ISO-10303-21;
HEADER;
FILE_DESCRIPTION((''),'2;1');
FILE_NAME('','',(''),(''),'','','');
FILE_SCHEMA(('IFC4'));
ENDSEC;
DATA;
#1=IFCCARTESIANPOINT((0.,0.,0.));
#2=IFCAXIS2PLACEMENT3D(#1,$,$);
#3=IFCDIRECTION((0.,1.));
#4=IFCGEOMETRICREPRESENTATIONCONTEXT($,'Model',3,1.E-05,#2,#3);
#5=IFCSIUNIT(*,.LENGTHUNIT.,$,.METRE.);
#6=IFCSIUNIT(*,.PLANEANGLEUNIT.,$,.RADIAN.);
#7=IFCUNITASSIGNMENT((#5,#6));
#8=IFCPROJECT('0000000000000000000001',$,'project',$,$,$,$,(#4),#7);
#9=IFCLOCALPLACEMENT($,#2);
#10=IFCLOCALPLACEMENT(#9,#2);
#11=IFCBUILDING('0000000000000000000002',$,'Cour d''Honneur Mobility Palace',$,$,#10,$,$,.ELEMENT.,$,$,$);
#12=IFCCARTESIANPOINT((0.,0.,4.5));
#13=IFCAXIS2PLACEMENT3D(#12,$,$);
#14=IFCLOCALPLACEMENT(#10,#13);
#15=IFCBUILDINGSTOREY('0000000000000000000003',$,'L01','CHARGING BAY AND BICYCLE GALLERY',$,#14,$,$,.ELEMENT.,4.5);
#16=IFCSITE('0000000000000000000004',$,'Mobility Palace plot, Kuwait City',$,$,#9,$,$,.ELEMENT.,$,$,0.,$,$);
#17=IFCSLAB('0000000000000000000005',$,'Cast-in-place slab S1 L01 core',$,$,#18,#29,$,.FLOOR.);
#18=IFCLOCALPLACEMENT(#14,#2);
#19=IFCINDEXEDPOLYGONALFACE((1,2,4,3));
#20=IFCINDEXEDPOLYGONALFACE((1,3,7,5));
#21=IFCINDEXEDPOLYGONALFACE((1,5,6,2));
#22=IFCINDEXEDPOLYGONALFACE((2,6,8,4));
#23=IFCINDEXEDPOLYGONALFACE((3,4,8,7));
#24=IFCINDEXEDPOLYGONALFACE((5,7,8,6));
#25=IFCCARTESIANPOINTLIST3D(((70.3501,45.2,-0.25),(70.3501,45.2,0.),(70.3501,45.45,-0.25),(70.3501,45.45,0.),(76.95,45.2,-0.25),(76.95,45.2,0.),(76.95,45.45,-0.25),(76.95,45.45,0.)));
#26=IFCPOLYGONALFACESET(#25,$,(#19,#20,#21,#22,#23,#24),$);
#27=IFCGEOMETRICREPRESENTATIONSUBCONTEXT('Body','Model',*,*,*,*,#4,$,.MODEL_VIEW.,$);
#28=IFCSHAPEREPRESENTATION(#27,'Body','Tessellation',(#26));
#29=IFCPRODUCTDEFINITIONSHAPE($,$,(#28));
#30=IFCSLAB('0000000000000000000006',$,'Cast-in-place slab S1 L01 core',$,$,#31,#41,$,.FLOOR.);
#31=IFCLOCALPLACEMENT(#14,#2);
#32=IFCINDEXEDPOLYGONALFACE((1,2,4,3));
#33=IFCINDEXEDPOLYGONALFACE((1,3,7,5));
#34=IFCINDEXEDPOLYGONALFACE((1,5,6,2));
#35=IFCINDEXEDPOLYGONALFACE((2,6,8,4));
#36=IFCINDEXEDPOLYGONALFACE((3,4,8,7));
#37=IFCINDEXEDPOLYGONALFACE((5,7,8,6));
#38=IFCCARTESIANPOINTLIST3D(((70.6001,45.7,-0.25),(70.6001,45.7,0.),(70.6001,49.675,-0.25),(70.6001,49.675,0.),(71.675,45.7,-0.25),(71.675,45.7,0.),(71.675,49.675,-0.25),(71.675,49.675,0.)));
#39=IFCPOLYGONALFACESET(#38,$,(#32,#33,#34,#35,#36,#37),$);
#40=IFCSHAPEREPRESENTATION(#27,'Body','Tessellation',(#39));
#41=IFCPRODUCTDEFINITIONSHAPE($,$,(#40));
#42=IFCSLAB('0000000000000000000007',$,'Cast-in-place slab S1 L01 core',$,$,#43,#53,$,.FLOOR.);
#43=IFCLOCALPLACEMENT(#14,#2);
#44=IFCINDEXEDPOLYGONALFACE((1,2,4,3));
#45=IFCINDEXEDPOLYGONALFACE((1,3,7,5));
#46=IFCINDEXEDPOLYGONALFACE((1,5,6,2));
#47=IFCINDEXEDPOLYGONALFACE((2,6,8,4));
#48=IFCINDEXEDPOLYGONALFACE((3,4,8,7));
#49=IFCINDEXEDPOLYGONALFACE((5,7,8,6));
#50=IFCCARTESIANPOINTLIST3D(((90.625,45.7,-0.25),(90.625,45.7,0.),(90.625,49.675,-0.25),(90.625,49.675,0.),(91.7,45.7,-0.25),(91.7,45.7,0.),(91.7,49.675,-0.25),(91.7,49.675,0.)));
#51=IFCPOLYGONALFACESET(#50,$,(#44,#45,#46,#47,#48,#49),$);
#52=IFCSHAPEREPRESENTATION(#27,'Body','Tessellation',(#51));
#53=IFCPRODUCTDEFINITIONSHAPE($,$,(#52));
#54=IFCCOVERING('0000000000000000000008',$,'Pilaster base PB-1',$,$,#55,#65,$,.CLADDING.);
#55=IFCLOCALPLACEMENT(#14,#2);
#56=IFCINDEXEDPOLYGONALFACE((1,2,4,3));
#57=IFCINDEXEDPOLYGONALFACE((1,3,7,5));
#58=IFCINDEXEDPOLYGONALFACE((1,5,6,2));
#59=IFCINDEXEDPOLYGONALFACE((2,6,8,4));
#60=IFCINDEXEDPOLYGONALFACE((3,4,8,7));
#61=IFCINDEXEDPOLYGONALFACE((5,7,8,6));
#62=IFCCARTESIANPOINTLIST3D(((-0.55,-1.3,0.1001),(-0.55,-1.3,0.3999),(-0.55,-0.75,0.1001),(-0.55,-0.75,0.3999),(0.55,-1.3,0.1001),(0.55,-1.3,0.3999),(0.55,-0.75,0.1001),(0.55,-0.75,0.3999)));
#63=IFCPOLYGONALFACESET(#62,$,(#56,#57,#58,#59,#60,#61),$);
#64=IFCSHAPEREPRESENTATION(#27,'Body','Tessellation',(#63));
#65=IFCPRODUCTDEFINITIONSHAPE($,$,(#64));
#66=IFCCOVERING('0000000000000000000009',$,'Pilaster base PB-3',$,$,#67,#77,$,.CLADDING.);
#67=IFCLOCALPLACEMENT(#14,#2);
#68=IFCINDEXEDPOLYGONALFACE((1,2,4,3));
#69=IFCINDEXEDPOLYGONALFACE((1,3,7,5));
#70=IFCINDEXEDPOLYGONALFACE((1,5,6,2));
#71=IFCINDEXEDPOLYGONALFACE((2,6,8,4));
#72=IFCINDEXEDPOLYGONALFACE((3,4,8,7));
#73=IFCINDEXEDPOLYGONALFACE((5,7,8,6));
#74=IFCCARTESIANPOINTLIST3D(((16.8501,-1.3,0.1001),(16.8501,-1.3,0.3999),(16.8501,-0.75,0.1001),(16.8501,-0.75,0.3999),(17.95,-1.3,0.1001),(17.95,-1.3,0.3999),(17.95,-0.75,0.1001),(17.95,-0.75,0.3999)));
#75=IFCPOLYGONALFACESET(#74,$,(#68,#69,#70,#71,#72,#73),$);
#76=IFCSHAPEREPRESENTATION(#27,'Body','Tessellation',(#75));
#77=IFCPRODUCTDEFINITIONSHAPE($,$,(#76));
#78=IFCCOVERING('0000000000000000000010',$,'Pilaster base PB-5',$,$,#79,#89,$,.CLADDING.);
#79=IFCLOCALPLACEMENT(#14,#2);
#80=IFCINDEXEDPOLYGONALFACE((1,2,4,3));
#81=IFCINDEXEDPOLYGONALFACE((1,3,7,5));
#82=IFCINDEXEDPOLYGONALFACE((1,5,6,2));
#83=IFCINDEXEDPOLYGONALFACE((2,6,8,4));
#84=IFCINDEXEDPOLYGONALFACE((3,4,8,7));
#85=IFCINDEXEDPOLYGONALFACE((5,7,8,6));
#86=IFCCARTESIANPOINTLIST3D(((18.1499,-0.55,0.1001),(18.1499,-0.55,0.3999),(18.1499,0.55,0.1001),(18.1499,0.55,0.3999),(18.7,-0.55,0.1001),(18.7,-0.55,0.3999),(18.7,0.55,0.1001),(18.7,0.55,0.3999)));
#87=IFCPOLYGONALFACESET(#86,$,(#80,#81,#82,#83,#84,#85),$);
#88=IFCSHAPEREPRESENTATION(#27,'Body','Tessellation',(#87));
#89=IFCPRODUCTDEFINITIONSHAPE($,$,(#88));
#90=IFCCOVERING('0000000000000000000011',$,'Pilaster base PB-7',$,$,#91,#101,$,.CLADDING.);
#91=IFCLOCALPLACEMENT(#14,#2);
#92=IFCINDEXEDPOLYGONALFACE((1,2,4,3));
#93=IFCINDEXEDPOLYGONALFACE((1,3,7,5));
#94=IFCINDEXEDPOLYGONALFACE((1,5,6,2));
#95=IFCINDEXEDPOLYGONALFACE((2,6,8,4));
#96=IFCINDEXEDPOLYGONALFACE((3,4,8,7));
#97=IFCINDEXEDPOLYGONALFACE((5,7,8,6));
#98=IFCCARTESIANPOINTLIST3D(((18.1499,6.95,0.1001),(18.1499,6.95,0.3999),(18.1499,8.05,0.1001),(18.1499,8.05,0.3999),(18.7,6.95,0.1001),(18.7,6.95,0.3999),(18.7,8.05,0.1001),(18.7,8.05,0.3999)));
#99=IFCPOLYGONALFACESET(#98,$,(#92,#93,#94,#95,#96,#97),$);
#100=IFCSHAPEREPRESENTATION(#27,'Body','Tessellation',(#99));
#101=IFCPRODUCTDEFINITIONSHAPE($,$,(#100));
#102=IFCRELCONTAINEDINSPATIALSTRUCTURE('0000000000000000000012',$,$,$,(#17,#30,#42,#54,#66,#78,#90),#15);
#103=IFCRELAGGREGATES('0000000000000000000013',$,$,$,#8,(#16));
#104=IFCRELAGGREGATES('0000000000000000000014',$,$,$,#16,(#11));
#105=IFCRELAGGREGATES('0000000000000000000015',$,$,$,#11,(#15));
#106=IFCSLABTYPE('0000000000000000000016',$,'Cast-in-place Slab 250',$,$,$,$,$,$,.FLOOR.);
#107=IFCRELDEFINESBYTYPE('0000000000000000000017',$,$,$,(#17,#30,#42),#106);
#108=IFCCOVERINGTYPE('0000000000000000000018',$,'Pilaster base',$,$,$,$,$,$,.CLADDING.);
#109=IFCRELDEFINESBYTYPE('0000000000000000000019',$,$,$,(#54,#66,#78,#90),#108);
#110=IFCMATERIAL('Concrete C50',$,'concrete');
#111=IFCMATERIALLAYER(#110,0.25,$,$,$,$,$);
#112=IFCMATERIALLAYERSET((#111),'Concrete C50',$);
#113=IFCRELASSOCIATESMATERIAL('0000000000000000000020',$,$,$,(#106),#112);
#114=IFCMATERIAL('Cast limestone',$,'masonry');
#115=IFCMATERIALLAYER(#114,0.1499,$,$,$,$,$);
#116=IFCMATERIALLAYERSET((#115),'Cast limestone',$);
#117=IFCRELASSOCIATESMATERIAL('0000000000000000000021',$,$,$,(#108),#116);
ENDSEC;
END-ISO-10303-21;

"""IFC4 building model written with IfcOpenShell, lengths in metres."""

from ifc_helpers import new_model, si_unit, direction, frame, origin, place, context, subcontext, project, spatial, polyline, outline, extrude, material, layer, layer_set, type_object, element, save


model = new_model("IFC4")

# Units and contexts
model_context = context("Model", 3, precision=1e-05, world=origin(), true_north=direction((0.0, 1.0)))
body_context = subcontext(model_context, "Body", "Model", "MODEL_VIEW")
ifc_project = project(units=[si_unit("LENGTHUNIT", "METRE"), si_unit("PLANEANGLEUNIT", "RADIAN")], contexts=[model_context])

# Site, building, storey
site_placement = place(None, origin())
site = spatial("IfcSite", under=ifc_project, at=site_placement, Name="Mobility Palace plot, Kuwait City", CompositionType="ELEMENT", RefElevation=0.0)
building_placement = place(site_placement, origin())
building = spatial("IfcBuilding", under=site, at=building_placement, Name="Cour d'Honneur Mobility Palace", CompositionType="ELEMENT")
storey_placement = place(building_placement, frame((0.0, 0.0, 4.5)))
storey = spatial("IfcBuildingStorey", under=building, at=storey_placement, Name="L01", Description="CHARGING BAY AND BICYCLE GALLERY", CompositionType="ELEMENT", Elevation=4.5)

# Slabs
ifc_material_1 = material(Name="Concrete C50", Category="concrete")
ifc_layer_1 = layer(ifc_material_1, 0.25)
ifc_layer_set_1 = layer_set([ifc_layer_1], Name="Concrete C50")
slab_type = type_object("IfcSlabType", Name="Cast-in-place Slab 250", PredefinedType="FLOOR", material=ifc_layer_set_1)
slab_1_placement = place(storey_placement, frame((0.0, 0.0, -0.25)))
element("IfcSlab", 1, at=slab_1_placement, inside=storey, type_object=slab_type, Name="Cast-in-place slab S1 L01 core", PredefinedType="FLOOR", context=body_context, shape_type="SweptSolid", body=[
    extrude(outline(polyline([(70.3501, 45.45), (76.95, 45.45), (76.95, 45.2), (70.3501, 45.2), (70.3501, 45.45)])), origin(), (0.0, 0.0, 1.0), 0.25),
])
slab_2_placement = place(storey_placement, frame((0.0, 0.0, -0.25)))
element("IfcSlab", 2, at=slab_2_placement, inside=storey, type_object=slab_type, Name="Cast-in-place slab S1 L01 core", PredefinedType="FLOOR", context=body_context, shape_type="SweptSolid", body=[
    extrude(outline(polyline([(71.675, 49.675), (71.675, 45.7), (70.6001, 45.7), (70.6001, 49.675), (71.675, 49.675)])), origin(), (0.0, 0.0, 1.0), 0.25),
])
slab_3_placement = place(storey_placement, frame((0.0, 0.0, -0.25)))
element("IfcSlab", 3, at=slab_3_placement, inside=storey, type_object=slab_type, Name="Cast-in-place slab S1 L01 core", PredefinedType="FLOOR", context=body_context, shape_type="SweptSolid", body=[
    extrude(outline(polyline([(91.7, 45.7), (90.625, 45.7), (90.625, 49.675), (91.7, 49.675), (91.7, 45.7)])), origin(), (0.0, 0.0, 1.0), 0.25),
])

# Coverings
ifc_material_2 = material(Name="Cast limestone", Category="masonry")
ifc_layer_2 = layer(ifc_material_2, 0.1499)
ifc_layer_set_2 = layer_set([ifc_layer_2], Name="Cast limestone")
covering_type = type_object("IfcCoveringType", Name="Pilaster base", PredefinedType="CLADDING", material=ifc_layer_set_2)
covering_1_placement = place(storey_placement, frame((0.0, 0.0, 0.1001)))
element("IfcCovering", 4, at=covering_1_placement, inside=storey, type_object=covering_type, Name="Pilaster base PB-1", PredefinedType="CLADDING", context=body_context, shape_type="SweptSolid", body=[
    extrude(outline(polyline([(-0.55, -0.75), (0.55, -0.75), (0.55, -1.3), (-0.55, -1.3), (-0.55, -0.75)])), origin(), (0.0, 0.0, 1.0), 0.2998),
])
covering_2_placement = place(storey_placement, frame((0.0, 0.0, 0.1001)))
element("IfcCovering", 5, at=covering_2_placement, inside=storey, type_object=covering_type, Name="Pilaster base PB-3", PredefinedType="CLADDING", context=body_context, shape_type="SweptSolid", body=[
    extrude(outline(polyline([(16.8501, -0.75), (17.95, -0.75), (17.95, -1.3), (16.8501, -1.3), (16.8501, -0.75)])), origin(), (0.0, 0.0, 1.0), 0.2998),
])
covering_3_placement = place(storey_placement, frame((0.0, 0.0, 0.1001)))
element("IfcCovering", 6, at=covering_3_placement, inside=storey, type_object=covering_type, Name="Pilaster base PB-5", PredefinedType="CLADDING", context=body_context, shape_type="SweptSolid", body=[
    extrude(outline(polyline([(18.1499, -0.55), (18.1499, 0.55), (18.7, 0.55), (18.7, -0.55), (18.1499, -0.55)])), origin(), (0.0, 0.0, 1.0), 0.2998),
])
covering_4_placement = place(storey_placement, frame((0.0, 0.0, 0.1001)))
element("IfcCovering", 7, at=covering_4_placement, inside=storey, type_object=covering_type, Name="Pilaster base PB-7", PredefinedType="CLADDING", context=body_context, shape_type="SweptSolid", body=[
    extrude(outline(polyline([(18.1499, 6.95), (18.1499, 8.05), (18.7, 8.05), (18.7, 6.95), (18.1499, 6.95)])), origin(), (0.0, 0.0, 1.0), 0.2998),
])

save(model, "model.ifc")
